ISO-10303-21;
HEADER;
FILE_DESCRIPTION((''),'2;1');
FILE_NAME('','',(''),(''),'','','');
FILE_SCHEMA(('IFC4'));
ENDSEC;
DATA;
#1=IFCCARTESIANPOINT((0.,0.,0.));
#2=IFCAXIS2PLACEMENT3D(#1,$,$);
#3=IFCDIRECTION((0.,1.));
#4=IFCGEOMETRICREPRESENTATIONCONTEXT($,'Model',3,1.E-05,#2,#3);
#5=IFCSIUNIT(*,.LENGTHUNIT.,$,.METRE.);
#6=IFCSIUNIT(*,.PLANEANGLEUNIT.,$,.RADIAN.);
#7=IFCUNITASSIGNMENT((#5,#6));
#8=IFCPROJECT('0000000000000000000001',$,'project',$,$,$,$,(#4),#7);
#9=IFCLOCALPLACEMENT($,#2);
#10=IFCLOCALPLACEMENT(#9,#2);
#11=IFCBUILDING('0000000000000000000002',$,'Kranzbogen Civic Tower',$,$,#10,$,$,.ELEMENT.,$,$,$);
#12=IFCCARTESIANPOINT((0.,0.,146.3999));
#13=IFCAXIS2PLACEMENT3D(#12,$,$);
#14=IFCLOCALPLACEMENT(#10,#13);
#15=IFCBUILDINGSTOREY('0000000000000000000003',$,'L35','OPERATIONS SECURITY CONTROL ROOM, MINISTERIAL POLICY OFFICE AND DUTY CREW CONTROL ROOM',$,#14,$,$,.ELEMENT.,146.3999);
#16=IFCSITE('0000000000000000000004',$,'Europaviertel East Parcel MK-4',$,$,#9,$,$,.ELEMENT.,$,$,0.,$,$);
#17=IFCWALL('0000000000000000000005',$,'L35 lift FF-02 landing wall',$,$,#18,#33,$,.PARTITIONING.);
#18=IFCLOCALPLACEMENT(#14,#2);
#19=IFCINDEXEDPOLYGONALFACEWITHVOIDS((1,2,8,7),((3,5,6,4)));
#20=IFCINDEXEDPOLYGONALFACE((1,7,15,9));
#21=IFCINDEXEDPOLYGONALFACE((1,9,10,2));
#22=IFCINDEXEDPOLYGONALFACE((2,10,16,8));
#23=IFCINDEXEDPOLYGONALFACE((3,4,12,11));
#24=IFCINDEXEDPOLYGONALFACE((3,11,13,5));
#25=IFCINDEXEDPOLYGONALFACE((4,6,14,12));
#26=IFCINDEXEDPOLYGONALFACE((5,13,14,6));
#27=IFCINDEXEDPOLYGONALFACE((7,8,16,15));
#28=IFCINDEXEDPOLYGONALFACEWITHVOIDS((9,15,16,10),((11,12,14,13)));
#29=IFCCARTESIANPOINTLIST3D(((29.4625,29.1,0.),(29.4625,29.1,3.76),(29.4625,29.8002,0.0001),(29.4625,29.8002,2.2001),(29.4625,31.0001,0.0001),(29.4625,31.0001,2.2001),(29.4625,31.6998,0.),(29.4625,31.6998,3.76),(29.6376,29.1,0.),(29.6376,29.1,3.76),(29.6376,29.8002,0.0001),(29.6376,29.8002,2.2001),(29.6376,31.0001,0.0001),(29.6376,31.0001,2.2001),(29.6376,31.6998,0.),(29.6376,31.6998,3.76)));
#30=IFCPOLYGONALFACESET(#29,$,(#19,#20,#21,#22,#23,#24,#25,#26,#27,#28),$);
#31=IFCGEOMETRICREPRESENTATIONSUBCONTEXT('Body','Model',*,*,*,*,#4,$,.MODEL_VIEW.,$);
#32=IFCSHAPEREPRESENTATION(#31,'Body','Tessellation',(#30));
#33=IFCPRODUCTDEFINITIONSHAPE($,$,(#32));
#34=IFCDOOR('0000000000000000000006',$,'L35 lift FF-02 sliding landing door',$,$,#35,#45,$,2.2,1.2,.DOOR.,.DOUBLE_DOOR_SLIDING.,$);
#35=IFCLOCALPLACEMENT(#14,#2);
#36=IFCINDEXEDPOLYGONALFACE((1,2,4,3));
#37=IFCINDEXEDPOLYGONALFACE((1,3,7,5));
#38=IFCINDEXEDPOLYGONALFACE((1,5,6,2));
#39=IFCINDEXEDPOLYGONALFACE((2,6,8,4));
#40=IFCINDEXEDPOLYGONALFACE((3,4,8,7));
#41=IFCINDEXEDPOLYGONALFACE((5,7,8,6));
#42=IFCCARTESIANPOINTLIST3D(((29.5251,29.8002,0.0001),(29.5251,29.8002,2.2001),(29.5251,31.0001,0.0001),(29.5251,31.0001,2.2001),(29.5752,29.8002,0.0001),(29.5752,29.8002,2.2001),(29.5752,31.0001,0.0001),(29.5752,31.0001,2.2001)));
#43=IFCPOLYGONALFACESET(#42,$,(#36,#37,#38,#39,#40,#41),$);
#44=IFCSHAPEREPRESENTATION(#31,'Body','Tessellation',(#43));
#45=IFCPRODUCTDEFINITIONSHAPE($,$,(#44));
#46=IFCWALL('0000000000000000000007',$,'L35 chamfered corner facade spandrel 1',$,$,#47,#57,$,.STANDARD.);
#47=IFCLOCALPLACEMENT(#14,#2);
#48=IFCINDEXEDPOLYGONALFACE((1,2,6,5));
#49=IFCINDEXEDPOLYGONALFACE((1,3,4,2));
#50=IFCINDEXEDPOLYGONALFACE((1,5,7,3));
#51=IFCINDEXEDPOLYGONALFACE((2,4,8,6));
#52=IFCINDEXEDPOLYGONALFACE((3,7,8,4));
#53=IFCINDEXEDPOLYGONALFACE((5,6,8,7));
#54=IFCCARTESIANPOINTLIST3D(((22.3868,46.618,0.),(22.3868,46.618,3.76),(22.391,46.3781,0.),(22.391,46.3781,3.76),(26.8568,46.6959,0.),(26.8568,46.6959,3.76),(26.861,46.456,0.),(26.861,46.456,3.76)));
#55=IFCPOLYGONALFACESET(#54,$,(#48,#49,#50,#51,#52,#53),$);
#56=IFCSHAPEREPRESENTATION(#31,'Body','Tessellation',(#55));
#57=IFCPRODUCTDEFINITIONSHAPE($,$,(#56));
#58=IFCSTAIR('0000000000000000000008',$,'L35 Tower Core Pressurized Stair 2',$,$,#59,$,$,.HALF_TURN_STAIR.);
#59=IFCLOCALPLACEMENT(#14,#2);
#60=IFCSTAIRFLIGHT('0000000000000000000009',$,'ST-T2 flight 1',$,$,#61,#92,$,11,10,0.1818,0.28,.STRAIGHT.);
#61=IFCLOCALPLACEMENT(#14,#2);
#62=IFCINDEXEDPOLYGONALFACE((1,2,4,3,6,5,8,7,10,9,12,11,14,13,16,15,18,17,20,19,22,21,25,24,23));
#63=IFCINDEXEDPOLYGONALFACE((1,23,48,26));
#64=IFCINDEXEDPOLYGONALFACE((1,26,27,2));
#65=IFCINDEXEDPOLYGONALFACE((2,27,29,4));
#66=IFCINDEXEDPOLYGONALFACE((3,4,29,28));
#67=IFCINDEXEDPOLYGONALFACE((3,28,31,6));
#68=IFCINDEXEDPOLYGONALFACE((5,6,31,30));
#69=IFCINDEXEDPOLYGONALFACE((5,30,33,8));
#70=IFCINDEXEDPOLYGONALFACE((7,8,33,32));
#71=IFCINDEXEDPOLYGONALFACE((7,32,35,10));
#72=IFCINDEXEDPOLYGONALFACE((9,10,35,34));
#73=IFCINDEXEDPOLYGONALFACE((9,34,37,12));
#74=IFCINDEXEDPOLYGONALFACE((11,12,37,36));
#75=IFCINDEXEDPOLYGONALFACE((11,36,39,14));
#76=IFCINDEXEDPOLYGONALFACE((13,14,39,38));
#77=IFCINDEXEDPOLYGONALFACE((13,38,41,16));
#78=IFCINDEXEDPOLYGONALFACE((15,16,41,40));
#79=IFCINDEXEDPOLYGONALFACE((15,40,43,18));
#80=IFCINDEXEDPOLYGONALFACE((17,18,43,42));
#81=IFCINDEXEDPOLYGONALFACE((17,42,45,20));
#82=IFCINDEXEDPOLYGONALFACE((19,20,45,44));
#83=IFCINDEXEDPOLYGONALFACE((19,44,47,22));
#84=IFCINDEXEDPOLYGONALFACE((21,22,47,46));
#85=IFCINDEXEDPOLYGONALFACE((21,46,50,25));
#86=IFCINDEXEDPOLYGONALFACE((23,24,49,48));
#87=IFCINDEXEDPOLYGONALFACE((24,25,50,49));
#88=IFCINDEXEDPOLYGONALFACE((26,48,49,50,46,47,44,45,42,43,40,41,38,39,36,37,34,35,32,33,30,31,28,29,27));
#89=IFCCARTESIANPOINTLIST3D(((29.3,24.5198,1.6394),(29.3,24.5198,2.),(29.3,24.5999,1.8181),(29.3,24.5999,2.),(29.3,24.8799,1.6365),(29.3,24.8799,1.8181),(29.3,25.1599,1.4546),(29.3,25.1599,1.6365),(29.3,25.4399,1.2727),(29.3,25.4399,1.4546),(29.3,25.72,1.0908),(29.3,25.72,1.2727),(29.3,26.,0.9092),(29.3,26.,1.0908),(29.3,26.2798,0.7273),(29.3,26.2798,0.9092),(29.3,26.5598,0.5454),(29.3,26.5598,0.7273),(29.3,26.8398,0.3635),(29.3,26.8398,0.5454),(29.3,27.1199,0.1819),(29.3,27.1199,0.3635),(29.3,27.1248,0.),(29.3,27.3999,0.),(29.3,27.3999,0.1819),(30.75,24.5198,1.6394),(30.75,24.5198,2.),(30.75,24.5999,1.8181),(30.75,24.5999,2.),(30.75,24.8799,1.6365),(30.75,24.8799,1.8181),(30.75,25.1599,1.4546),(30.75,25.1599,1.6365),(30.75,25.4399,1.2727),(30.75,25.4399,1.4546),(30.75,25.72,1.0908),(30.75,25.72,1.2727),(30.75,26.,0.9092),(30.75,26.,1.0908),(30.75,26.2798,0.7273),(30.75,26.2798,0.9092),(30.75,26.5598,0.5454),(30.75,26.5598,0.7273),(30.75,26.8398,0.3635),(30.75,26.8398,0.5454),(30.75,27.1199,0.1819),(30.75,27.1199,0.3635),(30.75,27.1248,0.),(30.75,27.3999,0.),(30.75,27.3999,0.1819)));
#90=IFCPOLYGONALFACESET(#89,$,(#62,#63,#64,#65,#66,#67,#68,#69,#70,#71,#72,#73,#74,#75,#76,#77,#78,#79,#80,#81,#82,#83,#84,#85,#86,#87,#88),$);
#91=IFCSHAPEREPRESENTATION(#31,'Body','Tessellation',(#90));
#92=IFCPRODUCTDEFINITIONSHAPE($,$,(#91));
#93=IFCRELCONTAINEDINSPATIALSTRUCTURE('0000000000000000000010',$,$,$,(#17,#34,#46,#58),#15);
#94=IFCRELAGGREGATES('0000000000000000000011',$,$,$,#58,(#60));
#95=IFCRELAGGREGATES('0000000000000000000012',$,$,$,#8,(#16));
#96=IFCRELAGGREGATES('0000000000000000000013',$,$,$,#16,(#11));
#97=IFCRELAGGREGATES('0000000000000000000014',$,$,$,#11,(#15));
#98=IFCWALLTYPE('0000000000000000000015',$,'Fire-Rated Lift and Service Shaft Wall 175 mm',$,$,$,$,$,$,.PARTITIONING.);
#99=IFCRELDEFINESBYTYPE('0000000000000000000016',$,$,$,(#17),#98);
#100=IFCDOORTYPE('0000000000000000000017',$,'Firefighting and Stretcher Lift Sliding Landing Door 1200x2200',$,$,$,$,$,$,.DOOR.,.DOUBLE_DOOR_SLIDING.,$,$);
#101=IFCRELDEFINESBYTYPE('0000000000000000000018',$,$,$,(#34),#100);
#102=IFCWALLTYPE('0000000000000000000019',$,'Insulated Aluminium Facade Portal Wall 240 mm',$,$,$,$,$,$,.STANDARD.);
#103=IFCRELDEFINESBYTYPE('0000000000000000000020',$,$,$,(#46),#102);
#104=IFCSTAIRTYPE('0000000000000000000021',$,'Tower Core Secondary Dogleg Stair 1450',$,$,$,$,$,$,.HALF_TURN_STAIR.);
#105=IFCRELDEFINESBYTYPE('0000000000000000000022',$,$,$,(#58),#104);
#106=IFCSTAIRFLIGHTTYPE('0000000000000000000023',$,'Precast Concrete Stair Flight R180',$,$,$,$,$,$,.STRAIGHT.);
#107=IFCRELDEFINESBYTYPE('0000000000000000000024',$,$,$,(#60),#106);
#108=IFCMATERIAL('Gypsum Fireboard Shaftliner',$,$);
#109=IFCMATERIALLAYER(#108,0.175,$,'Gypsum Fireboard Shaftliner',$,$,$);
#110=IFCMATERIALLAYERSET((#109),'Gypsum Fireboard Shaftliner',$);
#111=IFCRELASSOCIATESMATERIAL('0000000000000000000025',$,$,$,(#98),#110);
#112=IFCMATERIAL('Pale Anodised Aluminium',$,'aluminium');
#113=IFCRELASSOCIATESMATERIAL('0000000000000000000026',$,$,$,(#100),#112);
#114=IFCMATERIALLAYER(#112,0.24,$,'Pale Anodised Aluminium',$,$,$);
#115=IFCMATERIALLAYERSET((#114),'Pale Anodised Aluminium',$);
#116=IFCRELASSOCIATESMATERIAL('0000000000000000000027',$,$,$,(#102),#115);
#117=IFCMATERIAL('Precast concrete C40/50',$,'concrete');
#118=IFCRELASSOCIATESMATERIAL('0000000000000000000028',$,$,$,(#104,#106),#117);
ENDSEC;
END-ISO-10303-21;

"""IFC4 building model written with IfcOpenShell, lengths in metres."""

from ifc_helpers import new_model, si_unit, direction, frame, frame_2d, origin, place, context, subcontext, project, spatial, polyline, rectangle, outline, extrude, material, layer, layer_set, type_object, element, fill, aggregate, save


model = new_model("IFC4")

# Units and contexts
model_context = context("Model", 3, precision=1e-05, world=origin(), true_north=direction((0.0, 1.0)))
body_context = subcontext(model_context, "Body", "Model", "MODEL_VIEW")
ifc_project = project(units=[si_unit("LENGTHUNIT", "METRE"), si_unit("PLANEANGLEUNIT", "RADIAN")], contexts=[model_context])

# Site, building, storey
site_placement = place(None, origin())
site = spatial("IfcSite", under=ifc_project, at=site_placement, Name="Europaviertel East Parcel MK-4", CompositionType="ELEMENT", RefElevation=0.0)
building_placement = place(site_placement, origin())
building = spatial("IfcBuilding", under=site, at=building_placement, Name="Kranzbogen Civic Tower", CompositionType="ELEMENT")
storey_placement = place(building_placement, frame((0.0, 0.0, 146.3999)))
storey = spatial("IfcBuildingStorey", under=building, at=storey_placement, Name="L35", Description="OPERATIONS SECURITY CONTROL ROOM, MINISTERIAL POLICY OFFICE AND DUTY CREW CONTROL ROOM", CompositionType="ELEMENT", Elevation=146.3999)

# Shared definitions
ifc_material_1 = material(Name="Pale Anodised Aluminium", Category="aluminium")

# Shared definitions
ifc_material_2 = material(Name="Gypsum Fireboard Shaftliner")
ifc_layer_1 = layer(ifc_material_2, 0.175, Name="Gypsum Fireboard Shaftliner")
ifc_layer_set_1 = layer_set([ifc_layer_1], Name="Gypsum Fireboard Shaftliner")
wall_type_1 = type_object("IfcWallType", Name="Fire-Rated Lift and Service Shaft Wall 175 mm", PredefinedType="PARTITIONING", material=ifc_layer_set_1)

# Wall, opening, door
wall_1_placement = place(storey_placement, frame((29.55, 29.1001, 0.0), z_axis=(0.0, 0.0, 1.0), x_axis=(0.0, 1.0, 0.0)))
wall_1 = element("IfcWall", 1, at=wall_1_placement, inside=storey, type_object=wall_type_1, Name="L35 lift FF-02 landing wall", PredefinedType="PARTITIONING", context=body_context, shape_type="SweptSolid", body=[
    extrude(rectangle(XDim=2.5999, YDim=0.175, at=frame_2d((1.2998, 0.0))), origin(), (0.0, 0.0, 1.0), 3.76),
])
opening_1_placement = place(wall_1_placement, frame((0.7, 0.0, 0.0)))
opening_1 = element("IfcOpeningElement", 2, at=opening_1_placement, cuts=wall_1, PredefinedType="OPENING", context=body_context, shape_type="SweptSolid", body=[
    extrude(rectangle(XDim=1.2, YDim=2.2, at=frame_2d((0.6001, 1.1001))), frame((0.0, 0.0977, 0.0), z_axis=(0.0, -1.0, 0.0), x_axis=(1.0, 0.0, 0.0)), (0.0, 0.0, 1.0), 0.1951),
])
door_type_1 = type_object("IfcDoorType", Name="Firefighting and Stretcher Lift Sliding Landing Door 1200x2200", OperationType="DOUBLE_DOOR_SLIDING", PredefinedType="DOOR", material=ifc_material_1)
door_1_placement = place(opening_1_placement, origin())
door_1 = element("IfcDoor", 3, at=door_1_placement, inside=storey, type_object=door_type_1, Name="L35 lift FF-02 sliding landing door", OperationType="DOUBLE_DOOR_SLIDING", OverallHeight=2.2, OverallWidth=1.2, PredefinedType="DOOR", context=body_context, shape_type="SweptSolid", body=[
    extrude(rectangle(XDim=1.2, YDim=2.2, at=frame_2d((0.6001, 1.1001))), frame((0.0, 0.0249, 0.0), z_axis=(0.0, -1.0, 0.0), x_axis=(1.0, 0.0, 0.0)), (0.0, 0.0, 1.0), 0.05),
])
fill(opening_1, door_1)

# Wall
ifc_layer_2 = layer(ifc_material_1, 0.24, Name="Pale Anodised Aluminium")
ifc_layer_set_2 = layer_set([ifc_layer_2], Name="Pale Anodised Aluminium")
wall_type_2 = type_object("IfcWallType", Name="Insulated Aluminium Facade Portal Wall 240 mm", PredefinedType="STANDARD", material=ifc_layer_set_2)
wall_2_placement = place(storey_placement, frame((26.8589, 46.5759, 0.0), z_axis=(0.0, 0.0, 1.0), x_axis=(-0.999848, -0.01742, 0.0)))
element("IfcWall", 4, at=wall_2_placement, inside=storey, type_object=wall_type_2, Name="L35 chamfered corner facade spandrel 1", PredefinedType="STANDARD", context=body_context, shape_type="SweptSolid", body=[
    extrude(rectangle(XDim=4.4707, YDim=0.24, at=frame_2d((2.2354, 0.0))), origin(), (0.0, 0.0, 1.0), 3.76),
])

# Stair, stair flight
ifc_material_3 = material(Name="Precast concrete C40/50", Category="concrete")
stair_type = type_object("IfcStairType", Name="Tower Core Secondary Dogleg Stair 1450", PredefinedType="HALF_TURN_STAIR", material=ifc_material_3)
stair_placement = place(storey_placement, origin())
stair = element("IfcStair", 5, at=stair_placement, inside=storey, type_object=stair_type, Name="L35 Tower Core Pressurized Stair 2", PredefinedType="HALF_TURN_STAIR")
stair_flight_type = type_object("IfcStairFlightType", Name="Precast Concrete Stair Flight R180", PredefinedType="STRAIGHT", material=ifc_material_3)
stair_flight_placement = place(storey_placement, frame((30.0249, 27.3999, 0.0), z_axis=(0.0, 0.0, 1.0), x_axis=(0.0, -1.0, 0.0)))
stair_flight = element("IfcStairFlight", 6, at=stair_flight_placement, type_object=stair_flight_type, Name="ST-T2 flight 1", NumberOfRisers=11, NumberOfTreads=10, PredefinedType="STRAIGHT", RiserHeight=0.1818, TreadLength=0.28, context=body_context, shape_type="SweptSolid", body=[
    extrude(outline(polyline([(0.0, 0.0), (0.0, 0.1819), (0.28, 0.1819), (0.28, 0.3635), (0.5601, 0.3635), (0.5601, 0.5454), (0.8401, 0.5454), (0.8401, 0.7273), (1.1201, 0.7273), (1.1201, 0.9092), (1.3999, 0.9092), (1.3999, 1.0908), (1.6799, 1.0908), (1.6799, 1.2727), (1.96, 1.2727), (1.96, 1.4546), (2.24, 1.4546), (2.24, 1.6365), (2.52, 1.6365), (2.52, 1.8181), (2.8, 1.8181), (2.8, 2.0), (2.8801, 2.0), (2.8801, 1.6394), (0.2751, 0.0), (0.0, 0.0)])), frame((0.0, 0.7251, 0.0), z_axis=(0.0, -1.0, 0.0), x_axis=(1.0, 0.0, 0.0)), (0.0, 0.0, 1.0), 1.45),
])
aggregate(stair, [stair_flight])

save(model, "model.ifc")
